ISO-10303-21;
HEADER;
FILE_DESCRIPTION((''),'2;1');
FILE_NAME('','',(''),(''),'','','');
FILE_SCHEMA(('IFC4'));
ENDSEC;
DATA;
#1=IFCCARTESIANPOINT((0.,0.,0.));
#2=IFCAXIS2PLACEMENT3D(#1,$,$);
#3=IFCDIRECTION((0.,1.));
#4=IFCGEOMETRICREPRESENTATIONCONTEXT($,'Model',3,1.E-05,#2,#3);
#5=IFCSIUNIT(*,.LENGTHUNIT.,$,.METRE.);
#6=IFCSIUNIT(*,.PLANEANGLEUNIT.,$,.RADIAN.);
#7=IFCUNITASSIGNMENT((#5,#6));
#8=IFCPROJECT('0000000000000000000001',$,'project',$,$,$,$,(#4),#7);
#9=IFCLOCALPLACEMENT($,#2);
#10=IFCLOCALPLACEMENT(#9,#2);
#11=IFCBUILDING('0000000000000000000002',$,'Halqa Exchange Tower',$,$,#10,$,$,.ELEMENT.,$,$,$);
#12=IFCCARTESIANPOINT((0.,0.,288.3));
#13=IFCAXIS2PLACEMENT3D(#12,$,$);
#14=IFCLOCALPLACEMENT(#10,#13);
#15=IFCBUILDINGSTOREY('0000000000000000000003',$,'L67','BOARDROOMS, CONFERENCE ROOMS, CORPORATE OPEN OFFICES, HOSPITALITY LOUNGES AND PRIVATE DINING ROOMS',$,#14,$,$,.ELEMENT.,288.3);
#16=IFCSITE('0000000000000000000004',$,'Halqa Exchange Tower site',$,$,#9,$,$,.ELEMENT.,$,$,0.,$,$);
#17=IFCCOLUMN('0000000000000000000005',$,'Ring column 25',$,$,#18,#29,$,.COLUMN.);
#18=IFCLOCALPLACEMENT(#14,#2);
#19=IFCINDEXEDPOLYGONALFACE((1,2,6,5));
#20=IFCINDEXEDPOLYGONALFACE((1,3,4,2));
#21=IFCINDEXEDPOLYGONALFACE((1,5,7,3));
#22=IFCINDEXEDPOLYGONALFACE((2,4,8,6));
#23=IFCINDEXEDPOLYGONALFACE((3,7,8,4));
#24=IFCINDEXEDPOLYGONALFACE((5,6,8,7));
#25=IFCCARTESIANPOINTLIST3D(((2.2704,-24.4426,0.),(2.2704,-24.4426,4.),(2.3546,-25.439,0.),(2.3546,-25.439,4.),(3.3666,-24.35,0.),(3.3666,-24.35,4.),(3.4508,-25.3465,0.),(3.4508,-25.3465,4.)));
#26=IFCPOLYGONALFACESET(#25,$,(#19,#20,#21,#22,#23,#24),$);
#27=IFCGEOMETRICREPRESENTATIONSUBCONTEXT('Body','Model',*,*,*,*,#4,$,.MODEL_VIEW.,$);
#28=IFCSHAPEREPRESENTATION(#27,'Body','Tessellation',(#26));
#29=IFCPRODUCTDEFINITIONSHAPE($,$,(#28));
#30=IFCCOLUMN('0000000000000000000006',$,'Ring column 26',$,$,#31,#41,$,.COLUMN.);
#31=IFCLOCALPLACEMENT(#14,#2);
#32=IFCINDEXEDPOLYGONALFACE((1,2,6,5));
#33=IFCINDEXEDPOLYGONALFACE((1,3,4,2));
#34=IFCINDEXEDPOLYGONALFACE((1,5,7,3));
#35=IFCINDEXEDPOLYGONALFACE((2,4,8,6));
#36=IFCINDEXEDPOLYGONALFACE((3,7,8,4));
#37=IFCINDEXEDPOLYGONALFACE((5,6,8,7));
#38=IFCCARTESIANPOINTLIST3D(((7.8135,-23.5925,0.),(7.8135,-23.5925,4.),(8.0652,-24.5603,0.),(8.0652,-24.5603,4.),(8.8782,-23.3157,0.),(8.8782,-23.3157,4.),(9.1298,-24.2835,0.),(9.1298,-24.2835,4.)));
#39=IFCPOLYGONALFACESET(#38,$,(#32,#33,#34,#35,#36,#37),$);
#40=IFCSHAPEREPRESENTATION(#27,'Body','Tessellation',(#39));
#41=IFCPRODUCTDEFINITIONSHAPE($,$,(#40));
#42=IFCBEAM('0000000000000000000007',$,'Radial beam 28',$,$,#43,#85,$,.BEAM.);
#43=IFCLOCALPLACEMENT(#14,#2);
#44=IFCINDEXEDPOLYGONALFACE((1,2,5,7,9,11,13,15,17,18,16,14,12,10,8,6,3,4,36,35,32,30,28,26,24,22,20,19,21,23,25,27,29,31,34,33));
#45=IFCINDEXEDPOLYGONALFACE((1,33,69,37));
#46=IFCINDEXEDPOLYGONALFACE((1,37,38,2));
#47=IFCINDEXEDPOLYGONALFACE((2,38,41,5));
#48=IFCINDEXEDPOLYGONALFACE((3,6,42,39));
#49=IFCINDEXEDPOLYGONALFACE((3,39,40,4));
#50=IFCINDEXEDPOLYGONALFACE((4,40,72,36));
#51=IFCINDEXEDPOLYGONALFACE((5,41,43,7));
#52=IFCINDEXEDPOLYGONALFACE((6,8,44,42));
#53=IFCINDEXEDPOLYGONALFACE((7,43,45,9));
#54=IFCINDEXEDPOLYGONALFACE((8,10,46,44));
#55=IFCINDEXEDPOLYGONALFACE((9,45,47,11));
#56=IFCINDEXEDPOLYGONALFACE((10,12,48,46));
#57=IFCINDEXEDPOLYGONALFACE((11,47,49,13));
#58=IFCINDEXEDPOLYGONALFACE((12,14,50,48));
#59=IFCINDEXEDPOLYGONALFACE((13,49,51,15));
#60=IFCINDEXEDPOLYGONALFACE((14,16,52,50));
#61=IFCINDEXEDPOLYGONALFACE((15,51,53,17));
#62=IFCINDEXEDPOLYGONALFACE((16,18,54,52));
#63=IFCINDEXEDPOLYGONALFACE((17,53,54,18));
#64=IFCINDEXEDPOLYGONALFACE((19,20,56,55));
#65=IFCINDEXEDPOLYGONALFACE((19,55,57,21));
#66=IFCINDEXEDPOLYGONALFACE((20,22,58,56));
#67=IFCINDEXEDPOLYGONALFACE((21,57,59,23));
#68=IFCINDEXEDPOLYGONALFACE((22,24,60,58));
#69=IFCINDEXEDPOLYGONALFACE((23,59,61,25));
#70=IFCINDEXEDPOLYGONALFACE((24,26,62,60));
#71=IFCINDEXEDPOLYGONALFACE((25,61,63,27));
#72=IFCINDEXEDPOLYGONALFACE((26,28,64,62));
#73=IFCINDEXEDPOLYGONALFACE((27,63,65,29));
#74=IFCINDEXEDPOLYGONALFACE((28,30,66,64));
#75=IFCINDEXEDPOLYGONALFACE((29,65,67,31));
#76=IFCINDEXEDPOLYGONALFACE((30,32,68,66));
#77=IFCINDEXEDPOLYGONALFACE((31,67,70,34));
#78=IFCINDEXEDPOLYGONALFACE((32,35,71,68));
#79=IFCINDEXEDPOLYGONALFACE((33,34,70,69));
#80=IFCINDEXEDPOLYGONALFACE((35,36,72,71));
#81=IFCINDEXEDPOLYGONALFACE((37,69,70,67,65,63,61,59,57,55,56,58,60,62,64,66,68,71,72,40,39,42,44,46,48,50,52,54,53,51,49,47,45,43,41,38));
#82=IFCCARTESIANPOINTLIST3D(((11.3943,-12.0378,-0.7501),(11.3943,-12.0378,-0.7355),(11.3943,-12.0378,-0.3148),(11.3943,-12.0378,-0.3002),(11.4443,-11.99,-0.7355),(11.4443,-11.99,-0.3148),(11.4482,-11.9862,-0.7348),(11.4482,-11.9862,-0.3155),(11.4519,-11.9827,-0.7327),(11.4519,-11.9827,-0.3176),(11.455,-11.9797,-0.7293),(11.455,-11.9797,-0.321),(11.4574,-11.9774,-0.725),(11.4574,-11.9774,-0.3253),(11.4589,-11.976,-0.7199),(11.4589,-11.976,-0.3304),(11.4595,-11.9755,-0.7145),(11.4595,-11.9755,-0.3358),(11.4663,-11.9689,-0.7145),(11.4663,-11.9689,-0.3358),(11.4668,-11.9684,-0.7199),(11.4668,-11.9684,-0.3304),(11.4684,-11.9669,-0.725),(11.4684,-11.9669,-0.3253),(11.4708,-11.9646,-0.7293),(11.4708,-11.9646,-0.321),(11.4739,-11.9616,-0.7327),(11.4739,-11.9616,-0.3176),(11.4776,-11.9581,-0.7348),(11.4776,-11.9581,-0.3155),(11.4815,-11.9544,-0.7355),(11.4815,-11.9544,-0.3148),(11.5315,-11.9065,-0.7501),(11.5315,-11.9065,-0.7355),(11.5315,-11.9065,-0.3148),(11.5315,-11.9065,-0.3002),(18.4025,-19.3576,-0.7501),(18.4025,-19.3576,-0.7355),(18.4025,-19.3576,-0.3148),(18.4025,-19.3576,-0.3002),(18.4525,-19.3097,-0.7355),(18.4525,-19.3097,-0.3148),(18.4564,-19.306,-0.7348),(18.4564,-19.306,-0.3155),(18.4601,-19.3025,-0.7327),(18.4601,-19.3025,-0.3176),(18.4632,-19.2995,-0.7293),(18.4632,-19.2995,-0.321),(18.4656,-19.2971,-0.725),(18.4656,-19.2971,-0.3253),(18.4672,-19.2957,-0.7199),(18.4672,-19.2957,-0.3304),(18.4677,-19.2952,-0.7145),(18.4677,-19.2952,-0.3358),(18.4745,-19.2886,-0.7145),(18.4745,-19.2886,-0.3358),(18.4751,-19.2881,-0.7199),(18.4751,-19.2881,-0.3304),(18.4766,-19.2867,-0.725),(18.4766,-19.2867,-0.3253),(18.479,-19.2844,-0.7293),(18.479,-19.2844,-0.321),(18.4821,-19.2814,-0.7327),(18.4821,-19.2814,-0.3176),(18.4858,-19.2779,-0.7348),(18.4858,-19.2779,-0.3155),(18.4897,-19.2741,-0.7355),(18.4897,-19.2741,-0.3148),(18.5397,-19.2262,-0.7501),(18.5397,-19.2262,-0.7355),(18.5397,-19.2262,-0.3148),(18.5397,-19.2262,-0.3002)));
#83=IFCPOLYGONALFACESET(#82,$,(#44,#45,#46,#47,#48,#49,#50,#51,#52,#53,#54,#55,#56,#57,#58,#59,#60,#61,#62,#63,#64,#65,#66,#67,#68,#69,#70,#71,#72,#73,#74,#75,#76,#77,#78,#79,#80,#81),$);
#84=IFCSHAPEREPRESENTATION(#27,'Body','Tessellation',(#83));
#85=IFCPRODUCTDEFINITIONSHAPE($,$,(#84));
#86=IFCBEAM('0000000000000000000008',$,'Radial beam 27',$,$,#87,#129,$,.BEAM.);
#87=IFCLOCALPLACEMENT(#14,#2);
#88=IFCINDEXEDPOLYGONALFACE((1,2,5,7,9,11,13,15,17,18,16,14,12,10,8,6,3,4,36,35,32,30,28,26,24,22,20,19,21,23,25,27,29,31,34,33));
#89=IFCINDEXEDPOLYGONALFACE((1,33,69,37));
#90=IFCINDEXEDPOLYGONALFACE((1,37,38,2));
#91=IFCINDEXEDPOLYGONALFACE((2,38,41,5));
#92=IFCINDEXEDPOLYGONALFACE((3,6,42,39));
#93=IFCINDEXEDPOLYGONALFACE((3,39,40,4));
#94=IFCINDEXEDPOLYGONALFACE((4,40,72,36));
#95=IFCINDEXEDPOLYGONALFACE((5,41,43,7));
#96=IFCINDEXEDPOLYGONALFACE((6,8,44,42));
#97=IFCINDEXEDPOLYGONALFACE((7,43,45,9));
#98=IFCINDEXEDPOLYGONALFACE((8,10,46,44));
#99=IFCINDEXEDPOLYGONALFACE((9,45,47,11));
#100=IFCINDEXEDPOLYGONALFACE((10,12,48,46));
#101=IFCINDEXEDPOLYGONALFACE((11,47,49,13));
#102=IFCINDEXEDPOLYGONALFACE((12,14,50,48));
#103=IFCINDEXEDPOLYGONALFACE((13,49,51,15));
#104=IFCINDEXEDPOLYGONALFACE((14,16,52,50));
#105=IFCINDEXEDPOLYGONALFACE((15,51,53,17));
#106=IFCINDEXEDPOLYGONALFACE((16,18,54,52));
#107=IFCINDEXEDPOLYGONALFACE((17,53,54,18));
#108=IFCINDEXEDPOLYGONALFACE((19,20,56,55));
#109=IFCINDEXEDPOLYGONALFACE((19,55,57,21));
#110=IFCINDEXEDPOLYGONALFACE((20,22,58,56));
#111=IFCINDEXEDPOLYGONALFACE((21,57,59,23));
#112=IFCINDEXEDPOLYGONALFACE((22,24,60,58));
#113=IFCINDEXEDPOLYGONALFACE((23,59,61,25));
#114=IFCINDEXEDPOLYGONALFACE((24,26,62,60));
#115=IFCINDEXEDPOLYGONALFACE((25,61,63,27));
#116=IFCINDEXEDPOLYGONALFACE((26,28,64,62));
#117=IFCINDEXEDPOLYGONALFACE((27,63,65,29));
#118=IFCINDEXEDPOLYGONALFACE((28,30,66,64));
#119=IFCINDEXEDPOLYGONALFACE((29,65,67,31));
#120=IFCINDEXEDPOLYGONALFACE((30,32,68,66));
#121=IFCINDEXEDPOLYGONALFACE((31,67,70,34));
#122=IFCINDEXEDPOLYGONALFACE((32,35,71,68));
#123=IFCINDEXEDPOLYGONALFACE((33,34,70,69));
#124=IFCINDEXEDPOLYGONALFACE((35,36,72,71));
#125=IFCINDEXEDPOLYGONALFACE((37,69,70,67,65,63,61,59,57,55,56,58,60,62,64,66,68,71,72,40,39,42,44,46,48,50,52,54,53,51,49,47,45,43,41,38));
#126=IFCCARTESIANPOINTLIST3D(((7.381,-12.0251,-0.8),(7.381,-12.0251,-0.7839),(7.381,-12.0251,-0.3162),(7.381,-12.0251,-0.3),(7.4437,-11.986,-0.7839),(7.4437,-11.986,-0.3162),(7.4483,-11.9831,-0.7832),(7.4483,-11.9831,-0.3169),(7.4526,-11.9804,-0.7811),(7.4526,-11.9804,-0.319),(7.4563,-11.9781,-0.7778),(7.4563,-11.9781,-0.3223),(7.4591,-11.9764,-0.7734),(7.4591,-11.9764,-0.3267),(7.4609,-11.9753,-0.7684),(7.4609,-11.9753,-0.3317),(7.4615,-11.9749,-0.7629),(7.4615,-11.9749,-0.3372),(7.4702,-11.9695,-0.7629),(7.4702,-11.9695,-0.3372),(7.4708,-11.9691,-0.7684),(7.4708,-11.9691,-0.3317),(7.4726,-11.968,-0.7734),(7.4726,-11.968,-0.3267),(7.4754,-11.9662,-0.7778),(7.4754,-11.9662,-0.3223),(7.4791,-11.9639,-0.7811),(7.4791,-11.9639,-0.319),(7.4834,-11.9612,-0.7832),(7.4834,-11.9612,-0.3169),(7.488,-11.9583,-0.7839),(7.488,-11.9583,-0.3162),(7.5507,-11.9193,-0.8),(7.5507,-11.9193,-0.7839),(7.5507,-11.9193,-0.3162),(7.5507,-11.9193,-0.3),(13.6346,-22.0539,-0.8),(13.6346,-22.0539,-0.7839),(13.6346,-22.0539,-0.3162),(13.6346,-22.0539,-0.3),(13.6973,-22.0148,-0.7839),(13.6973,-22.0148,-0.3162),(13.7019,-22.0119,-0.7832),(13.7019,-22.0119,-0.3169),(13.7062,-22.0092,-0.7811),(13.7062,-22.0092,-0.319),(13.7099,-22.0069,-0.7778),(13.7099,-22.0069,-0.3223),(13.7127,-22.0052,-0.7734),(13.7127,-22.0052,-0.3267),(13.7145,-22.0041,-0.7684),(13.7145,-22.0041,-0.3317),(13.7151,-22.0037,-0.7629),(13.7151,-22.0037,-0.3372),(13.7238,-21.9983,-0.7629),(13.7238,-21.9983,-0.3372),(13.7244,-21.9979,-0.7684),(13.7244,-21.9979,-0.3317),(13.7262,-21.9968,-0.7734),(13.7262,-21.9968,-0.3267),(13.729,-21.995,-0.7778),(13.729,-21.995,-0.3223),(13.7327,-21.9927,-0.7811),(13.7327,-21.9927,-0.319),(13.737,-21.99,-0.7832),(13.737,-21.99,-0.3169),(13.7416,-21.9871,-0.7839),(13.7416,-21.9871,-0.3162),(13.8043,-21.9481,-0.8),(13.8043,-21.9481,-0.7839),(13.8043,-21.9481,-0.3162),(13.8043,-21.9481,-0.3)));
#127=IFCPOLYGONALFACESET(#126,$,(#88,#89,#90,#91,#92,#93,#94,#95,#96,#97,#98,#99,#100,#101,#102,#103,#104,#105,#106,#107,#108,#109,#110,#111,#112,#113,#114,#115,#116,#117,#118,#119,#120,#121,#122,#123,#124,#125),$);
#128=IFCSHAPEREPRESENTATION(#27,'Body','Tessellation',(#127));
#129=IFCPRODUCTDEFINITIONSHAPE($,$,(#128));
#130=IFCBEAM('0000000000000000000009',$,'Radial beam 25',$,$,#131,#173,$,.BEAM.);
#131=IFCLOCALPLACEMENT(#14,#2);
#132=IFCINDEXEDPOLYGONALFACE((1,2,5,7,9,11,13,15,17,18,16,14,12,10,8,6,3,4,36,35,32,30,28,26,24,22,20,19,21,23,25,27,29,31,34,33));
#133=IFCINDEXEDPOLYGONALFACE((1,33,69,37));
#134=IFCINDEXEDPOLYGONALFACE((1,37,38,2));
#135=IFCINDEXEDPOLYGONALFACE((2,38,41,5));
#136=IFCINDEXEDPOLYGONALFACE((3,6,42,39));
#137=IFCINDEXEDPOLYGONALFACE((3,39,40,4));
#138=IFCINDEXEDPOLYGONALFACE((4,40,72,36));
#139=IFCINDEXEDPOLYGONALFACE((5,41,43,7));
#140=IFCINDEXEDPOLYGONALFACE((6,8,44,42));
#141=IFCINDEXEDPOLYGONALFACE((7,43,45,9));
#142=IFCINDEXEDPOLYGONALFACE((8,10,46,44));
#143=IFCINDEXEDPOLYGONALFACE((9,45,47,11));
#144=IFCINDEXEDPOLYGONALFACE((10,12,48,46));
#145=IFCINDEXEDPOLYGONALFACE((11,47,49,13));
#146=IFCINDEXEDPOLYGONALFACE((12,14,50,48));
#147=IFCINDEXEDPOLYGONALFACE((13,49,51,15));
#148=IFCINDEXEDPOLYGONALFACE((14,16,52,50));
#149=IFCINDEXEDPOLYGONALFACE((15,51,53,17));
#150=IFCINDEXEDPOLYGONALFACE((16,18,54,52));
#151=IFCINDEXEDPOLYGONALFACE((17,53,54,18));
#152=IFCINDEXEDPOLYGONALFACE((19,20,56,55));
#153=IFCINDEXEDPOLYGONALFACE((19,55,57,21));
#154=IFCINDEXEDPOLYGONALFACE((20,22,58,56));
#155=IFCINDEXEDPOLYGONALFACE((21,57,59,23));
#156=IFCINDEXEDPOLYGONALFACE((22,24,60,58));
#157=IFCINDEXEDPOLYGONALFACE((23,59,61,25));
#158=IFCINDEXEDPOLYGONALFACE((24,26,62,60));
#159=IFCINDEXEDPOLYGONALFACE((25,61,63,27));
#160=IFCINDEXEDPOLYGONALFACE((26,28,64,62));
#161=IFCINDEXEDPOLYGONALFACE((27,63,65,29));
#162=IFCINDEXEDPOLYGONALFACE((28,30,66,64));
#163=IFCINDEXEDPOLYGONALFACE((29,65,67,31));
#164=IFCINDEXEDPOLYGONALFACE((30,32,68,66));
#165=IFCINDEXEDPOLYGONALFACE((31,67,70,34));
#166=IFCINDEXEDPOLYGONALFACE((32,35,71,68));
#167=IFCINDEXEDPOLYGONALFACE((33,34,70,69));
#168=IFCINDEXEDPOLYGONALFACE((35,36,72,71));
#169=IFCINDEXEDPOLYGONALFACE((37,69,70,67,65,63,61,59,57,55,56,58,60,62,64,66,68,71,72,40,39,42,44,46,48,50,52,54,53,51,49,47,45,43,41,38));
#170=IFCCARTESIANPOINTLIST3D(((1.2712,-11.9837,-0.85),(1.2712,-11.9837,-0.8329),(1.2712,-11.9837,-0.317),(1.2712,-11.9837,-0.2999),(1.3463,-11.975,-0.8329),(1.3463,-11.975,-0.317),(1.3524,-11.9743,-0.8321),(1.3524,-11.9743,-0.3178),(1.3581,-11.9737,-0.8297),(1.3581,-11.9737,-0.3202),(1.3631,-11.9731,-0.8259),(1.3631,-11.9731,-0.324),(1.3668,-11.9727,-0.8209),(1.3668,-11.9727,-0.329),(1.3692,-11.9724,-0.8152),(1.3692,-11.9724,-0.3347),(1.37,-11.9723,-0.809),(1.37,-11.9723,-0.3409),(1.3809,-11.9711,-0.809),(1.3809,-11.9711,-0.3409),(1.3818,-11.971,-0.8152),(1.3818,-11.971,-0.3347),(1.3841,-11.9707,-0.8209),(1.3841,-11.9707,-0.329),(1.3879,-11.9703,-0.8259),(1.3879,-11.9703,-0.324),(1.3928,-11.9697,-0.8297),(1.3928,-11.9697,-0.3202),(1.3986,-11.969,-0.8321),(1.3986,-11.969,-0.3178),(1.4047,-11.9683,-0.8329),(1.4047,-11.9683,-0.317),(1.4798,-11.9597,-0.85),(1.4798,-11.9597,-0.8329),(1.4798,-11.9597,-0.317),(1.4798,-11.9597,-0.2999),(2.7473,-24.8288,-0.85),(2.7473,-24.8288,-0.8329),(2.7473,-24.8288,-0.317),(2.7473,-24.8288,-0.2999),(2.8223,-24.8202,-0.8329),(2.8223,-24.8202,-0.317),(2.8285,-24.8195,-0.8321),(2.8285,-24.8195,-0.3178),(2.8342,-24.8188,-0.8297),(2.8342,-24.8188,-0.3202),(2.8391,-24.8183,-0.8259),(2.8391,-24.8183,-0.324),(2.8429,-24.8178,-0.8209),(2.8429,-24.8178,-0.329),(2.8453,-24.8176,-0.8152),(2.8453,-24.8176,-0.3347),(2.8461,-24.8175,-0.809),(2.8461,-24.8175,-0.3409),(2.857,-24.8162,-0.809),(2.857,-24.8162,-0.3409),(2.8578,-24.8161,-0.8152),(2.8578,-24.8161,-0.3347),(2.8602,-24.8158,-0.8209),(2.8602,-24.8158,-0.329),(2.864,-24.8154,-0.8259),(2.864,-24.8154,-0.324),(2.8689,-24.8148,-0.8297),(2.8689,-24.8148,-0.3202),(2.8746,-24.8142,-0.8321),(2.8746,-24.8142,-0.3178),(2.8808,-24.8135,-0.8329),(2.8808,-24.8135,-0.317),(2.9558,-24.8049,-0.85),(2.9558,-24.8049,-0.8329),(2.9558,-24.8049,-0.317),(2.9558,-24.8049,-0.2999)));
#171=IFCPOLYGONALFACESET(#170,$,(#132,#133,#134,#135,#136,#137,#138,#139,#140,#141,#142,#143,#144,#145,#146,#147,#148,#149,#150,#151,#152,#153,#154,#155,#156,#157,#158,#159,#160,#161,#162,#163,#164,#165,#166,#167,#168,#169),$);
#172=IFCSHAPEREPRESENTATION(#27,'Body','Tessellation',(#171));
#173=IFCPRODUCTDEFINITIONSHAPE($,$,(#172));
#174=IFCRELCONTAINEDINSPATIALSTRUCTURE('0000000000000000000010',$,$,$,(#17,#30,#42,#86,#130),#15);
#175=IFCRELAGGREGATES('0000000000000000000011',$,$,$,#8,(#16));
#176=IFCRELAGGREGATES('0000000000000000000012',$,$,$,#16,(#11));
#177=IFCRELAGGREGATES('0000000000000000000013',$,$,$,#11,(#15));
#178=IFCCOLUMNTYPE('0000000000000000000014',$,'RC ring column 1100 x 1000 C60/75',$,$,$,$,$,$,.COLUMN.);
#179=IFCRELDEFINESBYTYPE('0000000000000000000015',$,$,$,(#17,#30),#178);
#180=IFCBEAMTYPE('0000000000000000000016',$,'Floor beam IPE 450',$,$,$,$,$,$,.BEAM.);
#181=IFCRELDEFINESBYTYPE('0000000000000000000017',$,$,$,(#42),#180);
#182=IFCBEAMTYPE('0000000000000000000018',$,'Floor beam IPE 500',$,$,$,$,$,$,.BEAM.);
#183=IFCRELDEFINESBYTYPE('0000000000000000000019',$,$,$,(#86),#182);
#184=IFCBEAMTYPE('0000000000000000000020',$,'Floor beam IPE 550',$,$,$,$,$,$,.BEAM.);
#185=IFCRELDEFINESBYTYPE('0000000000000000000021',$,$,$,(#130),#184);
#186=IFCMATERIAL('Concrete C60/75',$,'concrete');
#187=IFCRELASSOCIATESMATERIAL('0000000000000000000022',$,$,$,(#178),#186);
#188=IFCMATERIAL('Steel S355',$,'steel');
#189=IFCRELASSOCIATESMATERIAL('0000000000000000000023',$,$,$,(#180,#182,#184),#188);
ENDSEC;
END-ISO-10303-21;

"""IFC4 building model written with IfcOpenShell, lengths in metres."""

from ifc_helpers import new_model, si_unit, direction, frame, origin, origin_2d, place, context, subcontext, project, spatial, rectangle, i_section, extrude, material, material_profile, profile_set, type_object, element, save


model = new_model("IFC4")

# Units and contexts
model_context = context("Model", 3, precision=1e-05, world=origin(), true_north=direction((0.0, 1.0)))
body_context = subcontext(model_context, "Body", "Model", "MODEL_VIEW")
ifc_project = project(units=[si_unit("LENGTHUNIT", "METRE"), si_unit("PLANEANGLEUNIT", "RADIAN")], contexts=[model_context])

# Site, building, storey
site_placement = place(None, origin())
site = spatial("IfcSite", under=ifc_project, at=site_placement, Name="Halqa Exchange Tower site", CompositionType="ELEMENT", RefElevation=0.0)
building_placement = place(site_placement, origin())
building = spatial("IfcBuilding", under=site, at=building_placement, Name="Halqa Exchange Tower", CompositionType="ELEMENT")
storey_placement = place(building_placement, frame((0.0, 0.0, 288.3)))
storey = spatial("IfcBuildingStorey", under=building, at=storey_placement, Name="L67", Description="BOARDROOMS, CONFERENCE ROOMS, CORPORATE OPEN OFFICES, HOSPITALITY LOUNGES AND PRIVATE DINING ROOMS", CompositionType="ELEMENT", Elevation=288.3)

# Columns
ifc_material_1 = material(Name="Concrete C60/75", Category="concrete")
ifc_material_profile_1 = material_profile(ifc_material_1, rectangle(XDim=1.1001, YDim=1.0, at=origin_2d()), Name="1100 x 1000")
ifc_profile_set_1 = profile_set([ifc_material_profile_1], Name="Concrete C60/75")
column_type = type_object("IfcColumnType", Name="RC ring column 1100 x 1000 C60/75", PredefinedType="COLUMN", material=ifc_profile_set_1)
for number, where, z_axis, x_axis, name in (
    (1, (2.8606, -24.8945, 0.0), (0.0, 0.0, 1.0), (0.996456, 0.084114, 0.0), "Ring column 25"),
    (2, (8.4717, -23.938, 0.0), (0.0, 0.0, 1.0), (0.967821, 0.251639, 0.0), "Ring column 26"),
):
    element("IfcColumn", number, at=place(storey_placement, frame(where, z_axis=z_axis, x_axis=x_axis)), inside=storey, type_object=column_type, Name=name, PredefinedType="COLUMN", context=body_context, shape_type="SweptSolid", body=[
        extrude(rectangle(XDim=1.1001, YDim=1.0, at=origin_2d()), origin(), (0.0, 0.0, 1.0), 4.0),
    ])

# Beams
ifc_material_2 = material(Name="Steel S355", Category="steel")
ifc_material_profile_2 = material_profile(ifc_material_2, i_section(OverallWidth=0.1899, OverallDepth=0.45, WebThickness=0.0095, FlangeThickness=0.0146, FilletRadius=0.021, at=origin_2d()), Name="IPE 450")
ifc_profile_set_2 = profile_set([ifc_material_profile_2], Name="Steel S355")
beam_type_1 = type_object("IfcBeamType", Name="Floor beam IPE 450", PredefinedType="BEAM", material=ifc_profile_set_2)
beam_1_placement = place(storey_placement, frame((11.4629, -11.9722, -0.5251), z_axis=(0.691569, -0.72231, 0.0), x_axis=(0.72231, 0.691569, 0.0)))
element("IfcBeam", 3, at=beam_1_placement, inside=storey, type_object=beam_type_1, Name="Radial beam 28", PredefinedType="BEAM", context=body_context, shape_type="SweptSolid", body=[
    extrude(i_section(OverallWidth=0.1899, OverallDepth=0.45, WebThickness=0.0095, FlangeThickness=0.0146, FilletRadius=0.021, at=origin_2d()), origin(), (0.0, 0.0, 1.0), 10.1338),
])
ifc_material_profile_3 = material_profile(ifc_material_2, i_section(OverallWidth=0.2, OverallDepth=0.5, WebThickness=0.0103, FlangeThickness=0.0161, FilletRadius=0.021, at=origin_2d()), Name="IPE 500")
ifc_profile_set_3 = profile_set([ifc_material_profile_3], Name="Steel S355")
beam_type_2 = type_object("IfcBeamType", Name="Floor beam IPE 500", PredefinedType="BEAM", material=ifc_profile_set_3)
beam_2_placement = place(storey_placement, frame((7.4658, -11.9722, -0.55), z_axis=(0.529126, -0.848543, 0.0), x_axis=(0.848543, 0.529126, 0.0)))
element("IfcBeam", 4, at=beam_2_placement, inside=storey, type_object=beam_type_2, Name="Radial beam 27", PredefinedType="BEAM", context=body_context, shape_type="SweptSolid", body=[
    extrude(i_section(OverallWidth=0.2, OverallDepth=0.5, WebThickness=0.0103, FlangeThickness=0.0161, FilletRadius=0.021, at=origin_2d()), origin(), (0.0, 0.0, 1.0), 11.8188),
])
ifc_material_profile_4 = material_profile(ifc_material_2, i_section(OverallWidth=0.21, OverallDepth=0.55, WebThickness=0.011, FlangeThickness=0.0171, FilletRadius=0.0239, at=origin_2d()), Name="IPE 550")
ifc_profile_set_4 = profile_set([ifc_material_profile_4], Name="Steel S355")
beam_type_3 = type_object("IfcBeamType", Name="Floor beam IPE 550", PredefinedType="BEAM", material=ifc_profile_set_4)
beam_3_placement = place(storey_placement, frame((1.3755, -11.9717, -0.575), z_axis=(0.114161, -0.993462, 0.0), x_axis=(0.993462, 0.114161, 0.0)))
element("IfcBeam", 5, at=beam_3_placement, inside=storey, type_object=beam_type_3, Name="Radial beam 25", PredefinedType="BEAM", context=body_context, shape_type="SweptSolid", body=[
    extrude(i_section(OverallWidth=0.21, OverallDepth=0.55, WebThickness=0.011, FlangeThickness=0.0171, FilletRadius=0.0239, at=origin_2d()), origin(), (0.0, 0.0, 1.0), 12.9297),
])

save(model, "model.ifc")
